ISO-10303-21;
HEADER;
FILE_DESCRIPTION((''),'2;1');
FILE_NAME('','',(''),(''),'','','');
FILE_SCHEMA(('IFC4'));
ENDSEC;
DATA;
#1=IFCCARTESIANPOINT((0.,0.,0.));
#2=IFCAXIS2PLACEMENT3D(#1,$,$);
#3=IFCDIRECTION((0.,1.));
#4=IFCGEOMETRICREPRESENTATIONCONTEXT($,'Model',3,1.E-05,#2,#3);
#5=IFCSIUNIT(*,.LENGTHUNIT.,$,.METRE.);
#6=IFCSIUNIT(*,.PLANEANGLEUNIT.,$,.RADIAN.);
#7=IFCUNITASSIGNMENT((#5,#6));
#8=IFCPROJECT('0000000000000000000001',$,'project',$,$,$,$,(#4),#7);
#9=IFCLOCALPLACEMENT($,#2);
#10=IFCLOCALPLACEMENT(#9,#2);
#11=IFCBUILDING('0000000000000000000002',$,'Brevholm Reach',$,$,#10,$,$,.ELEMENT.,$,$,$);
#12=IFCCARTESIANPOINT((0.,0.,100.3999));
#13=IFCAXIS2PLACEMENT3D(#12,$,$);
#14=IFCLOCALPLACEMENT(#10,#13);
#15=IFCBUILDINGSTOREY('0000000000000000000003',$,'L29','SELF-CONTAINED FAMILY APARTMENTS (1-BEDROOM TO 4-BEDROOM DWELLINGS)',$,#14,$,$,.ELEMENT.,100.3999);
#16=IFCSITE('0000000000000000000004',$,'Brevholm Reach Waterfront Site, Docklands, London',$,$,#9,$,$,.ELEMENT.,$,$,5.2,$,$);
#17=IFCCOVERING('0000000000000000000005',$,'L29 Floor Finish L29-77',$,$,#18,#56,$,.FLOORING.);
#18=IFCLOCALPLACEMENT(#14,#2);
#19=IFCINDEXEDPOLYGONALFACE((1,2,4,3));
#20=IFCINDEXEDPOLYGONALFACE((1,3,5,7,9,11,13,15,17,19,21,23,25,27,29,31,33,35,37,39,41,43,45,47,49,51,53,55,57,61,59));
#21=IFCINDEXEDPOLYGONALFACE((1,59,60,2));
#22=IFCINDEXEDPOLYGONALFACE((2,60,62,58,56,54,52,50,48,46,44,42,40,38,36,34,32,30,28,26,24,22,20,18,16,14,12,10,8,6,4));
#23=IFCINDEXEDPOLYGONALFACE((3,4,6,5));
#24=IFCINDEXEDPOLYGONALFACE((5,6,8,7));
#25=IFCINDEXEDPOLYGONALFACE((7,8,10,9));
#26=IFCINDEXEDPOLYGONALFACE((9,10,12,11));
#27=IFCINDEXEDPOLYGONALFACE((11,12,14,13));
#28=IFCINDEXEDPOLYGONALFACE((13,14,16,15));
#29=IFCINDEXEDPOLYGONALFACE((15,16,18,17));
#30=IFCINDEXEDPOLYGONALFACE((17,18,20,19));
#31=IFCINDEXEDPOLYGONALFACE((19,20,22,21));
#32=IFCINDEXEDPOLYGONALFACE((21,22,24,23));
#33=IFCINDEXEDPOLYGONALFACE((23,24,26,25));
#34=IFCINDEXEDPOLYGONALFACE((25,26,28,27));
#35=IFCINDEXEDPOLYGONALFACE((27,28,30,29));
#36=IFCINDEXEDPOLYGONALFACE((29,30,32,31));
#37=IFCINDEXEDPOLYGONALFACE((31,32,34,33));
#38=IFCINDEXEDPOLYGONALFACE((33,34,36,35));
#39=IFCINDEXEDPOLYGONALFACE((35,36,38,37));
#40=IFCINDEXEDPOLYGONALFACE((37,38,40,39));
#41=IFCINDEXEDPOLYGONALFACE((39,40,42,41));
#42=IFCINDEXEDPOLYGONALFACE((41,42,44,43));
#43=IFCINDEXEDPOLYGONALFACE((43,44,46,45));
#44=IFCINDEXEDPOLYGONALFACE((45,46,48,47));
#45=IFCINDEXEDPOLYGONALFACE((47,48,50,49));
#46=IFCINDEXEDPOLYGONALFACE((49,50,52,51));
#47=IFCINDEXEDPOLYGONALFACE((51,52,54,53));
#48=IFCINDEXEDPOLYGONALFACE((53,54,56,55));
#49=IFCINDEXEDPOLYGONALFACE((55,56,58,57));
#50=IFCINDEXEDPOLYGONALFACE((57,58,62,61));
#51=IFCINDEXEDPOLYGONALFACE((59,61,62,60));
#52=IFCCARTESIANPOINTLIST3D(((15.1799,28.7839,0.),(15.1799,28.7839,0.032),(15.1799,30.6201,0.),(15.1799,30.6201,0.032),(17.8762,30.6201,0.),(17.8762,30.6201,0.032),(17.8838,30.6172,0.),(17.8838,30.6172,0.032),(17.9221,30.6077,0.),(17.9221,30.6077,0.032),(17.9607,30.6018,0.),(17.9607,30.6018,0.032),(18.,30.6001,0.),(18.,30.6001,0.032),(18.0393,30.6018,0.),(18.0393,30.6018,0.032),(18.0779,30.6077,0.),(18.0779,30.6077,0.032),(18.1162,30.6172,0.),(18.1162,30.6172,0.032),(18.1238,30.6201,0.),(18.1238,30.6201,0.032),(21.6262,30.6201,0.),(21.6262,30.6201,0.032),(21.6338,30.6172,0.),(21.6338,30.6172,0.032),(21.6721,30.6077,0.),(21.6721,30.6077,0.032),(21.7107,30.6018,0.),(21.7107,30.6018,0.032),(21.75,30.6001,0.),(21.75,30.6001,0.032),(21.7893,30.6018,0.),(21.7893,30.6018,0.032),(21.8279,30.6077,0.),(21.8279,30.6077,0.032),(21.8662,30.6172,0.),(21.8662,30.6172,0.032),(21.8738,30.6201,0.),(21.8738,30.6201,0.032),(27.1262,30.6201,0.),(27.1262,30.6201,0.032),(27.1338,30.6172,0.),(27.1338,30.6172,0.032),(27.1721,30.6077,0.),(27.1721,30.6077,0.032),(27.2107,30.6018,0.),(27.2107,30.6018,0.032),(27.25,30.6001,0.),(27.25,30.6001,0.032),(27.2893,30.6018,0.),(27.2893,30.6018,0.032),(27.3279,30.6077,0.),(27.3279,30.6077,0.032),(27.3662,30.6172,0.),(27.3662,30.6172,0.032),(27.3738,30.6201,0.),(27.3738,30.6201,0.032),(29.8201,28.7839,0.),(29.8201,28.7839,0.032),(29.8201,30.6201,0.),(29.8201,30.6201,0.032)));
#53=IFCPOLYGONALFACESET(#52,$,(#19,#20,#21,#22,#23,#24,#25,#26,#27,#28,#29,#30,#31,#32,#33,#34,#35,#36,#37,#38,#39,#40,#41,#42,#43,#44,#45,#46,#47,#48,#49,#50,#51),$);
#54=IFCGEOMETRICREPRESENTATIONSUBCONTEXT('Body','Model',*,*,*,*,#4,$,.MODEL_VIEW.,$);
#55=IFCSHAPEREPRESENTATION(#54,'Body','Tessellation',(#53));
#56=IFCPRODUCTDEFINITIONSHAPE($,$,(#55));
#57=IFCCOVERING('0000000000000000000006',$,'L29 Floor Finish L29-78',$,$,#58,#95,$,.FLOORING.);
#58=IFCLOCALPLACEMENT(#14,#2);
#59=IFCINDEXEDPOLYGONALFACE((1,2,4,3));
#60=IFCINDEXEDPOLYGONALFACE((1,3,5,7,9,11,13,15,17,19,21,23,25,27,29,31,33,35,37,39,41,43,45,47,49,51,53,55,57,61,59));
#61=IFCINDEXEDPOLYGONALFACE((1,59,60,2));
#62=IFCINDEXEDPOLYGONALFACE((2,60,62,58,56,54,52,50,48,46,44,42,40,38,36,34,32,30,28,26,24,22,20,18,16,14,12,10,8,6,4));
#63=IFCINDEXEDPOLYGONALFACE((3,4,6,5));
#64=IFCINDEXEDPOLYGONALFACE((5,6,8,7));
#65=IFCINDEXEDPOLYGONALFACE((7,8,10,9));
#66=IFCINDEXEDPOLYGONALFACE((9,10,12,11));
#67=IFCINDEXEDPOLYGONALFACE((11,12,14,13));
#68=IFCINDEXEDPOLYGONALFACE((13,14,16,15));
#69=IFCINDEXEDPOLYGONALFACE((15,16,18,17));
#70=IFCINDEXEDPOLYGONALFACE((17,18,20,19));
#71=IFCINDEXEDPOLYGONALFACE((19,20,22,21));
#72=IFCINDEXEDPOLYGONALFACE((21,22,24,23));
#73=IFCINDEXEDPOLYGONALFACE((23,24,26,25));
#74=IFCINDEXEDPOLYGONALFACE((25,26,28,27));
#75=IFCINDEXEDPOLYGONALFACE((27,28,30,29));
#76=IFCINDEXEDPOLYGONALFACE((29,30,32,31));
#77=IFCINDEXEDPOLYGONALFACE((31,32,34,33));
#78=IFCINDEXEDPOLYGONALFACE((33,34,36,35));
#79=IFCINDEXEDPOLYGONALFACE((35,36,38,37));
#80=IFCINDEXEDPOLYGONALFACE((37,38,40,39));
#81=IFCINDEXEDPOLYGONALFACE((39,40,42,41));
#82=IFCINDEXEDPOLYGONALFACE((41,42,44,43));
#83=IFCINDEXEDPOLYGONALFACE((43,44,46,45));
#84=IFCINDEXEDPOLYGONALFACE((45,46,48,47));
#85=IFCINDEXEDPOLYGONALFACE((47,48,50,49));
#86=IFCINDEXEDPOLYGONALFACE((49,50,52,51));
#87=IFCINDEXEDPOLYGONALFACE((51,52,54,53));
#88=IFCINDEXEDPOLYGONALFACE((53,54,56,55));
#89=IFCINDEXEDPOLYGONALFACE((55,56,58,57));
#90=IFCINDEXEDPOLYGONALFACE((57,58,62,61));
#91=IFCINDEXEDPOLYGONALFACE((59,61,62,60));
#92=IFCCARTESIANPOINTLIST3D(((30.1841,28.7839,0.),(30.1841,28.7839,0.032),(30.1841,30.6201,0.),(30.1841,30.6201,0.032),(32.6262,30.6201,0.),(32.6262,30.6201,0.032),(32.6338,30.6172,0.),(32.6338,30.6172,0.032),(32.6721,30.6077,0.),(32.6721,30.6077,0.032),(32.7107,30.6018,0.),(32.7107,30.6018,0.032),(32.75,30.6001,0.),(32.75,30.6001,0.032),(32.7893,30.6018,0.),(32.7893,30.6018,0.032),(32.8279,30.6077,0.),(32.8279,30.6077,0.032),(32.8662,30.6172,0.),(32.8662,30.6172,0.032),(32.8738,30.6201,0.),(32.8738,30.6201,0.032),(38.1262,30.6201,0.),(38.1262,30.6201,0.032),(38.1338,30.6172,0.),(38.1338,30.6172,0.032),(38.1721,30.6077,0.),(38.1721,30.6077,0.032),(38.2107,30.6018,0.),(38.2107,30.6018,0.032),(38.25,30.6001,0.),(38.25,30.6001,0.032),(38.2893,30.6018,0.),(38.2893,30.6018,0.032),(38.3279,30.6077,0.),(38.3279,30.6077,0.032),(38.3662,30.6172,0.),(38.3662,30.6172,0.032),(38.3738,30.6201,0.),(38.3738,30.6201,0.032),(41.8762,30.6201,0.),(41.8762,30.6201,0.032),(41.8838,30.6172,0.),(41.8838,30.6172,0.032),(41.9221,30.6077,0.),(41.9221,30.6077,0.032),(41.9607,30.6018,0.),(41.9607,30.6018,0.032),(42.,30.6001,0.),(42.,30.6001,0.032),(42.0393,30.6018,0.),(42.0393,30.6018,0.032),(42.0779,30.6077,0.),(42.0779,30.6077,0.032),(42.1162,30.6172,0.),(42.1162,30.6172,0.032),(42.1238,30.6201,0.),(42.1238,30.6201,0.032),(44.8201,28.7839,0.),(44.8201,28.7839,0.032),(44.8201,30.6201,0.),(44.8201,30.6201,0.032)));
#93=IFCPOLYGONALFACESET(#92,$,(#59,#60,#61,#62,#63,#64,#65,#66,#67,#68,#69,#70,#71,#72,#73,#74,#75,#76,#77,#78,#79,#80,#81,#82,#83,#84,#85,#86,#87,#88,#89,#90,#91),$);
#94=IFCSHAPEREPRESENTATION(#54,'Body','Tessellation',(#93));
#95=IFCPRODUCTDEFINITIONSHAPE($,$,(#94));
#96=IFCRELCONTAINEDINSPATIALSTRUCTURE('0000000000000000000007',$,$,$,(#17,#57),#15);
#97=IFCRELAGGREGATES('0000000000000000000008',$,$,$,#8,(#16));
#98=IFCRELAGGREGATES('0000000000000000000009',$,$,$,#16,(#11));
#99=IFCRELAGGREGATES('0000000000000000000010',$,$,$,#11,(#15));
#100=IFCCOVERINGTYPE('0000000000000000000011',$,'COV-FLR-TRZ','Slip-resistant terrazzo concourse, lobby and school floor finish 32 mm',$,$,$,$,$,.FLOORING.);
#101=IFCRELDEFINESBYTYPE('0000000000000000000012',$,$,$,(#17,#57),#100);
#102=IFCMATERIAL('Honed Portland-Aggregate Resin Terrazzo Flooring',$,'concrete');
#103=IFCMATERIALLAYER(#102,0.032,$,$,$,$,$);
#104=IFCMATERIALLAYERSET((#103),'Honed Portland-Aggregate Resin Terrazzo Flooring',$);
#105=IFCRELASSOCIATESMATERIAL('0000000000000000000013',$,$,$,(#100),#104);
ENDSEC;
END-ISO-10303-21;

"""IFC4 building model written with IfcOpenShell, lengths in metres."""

from ifc_helpers import new_model, si_unit, direction, frame, origin, place, context, subcontext, project, spatial, polyline, outline, extrude, material, layer, layer_set, type_object, element, save


model = new_model("IFC4")

# Units and contexts
model_context = context("Model", 3, precision=1e-05, world=origin(), true_north=direction((0.0, 1.0)))
body_context = subcontext(model_context, "Body", "Model", "MODEL_VIEW")
ifc_project = project(units=[si_unit("LENGTHUNIT", "METRE"), si_unit("PLANEANGLEUNIT", "RADIAN")], contexts=[model_context])

# Site, building, storey
site_placement = place(None, origin())
site = spatial("IfcSite", under=ifc_project, at=site_placement, Name="Brevholm Reach Waterfront Site, Docklands, London", CompositionType="ELEMENT", RefElevation=5.2)
building_placement = place(site_placement, origin())
building = spatial("IfcBuilding", under=site, at=building_placement, Name="Brevholm Reach", CompositionType="ELEMENT")
storey_placement = place(building_placement, frame((0.0, 0.0, 100.3999)))
storey = spatial("IfcBuildingStorey", under=building, at=storey_placement, Name="L29", Description="SELF-CONTAINED FAMILY APARTMENTS (1-BEDROOM TO 4-BEDROOM DWELLINGS)", CompositionType="ELEMENT", Elevation=100.3999)

# Coverings
ifc_material_1 = material(Name="Honed Portland-Aggregate Resin Terrazzo Flooring", Category="concrete")
ifc_layer_1 = layer(ifc_material_1, 0.032)
ifc_layer_set_1 = layer_set([ifc_layer_1], Name="Honed Portland-Aggregate Resin Terrazzo Flooring")
covering_type_1 = type_object("IfcCoveringType", Name="COV-FLR-TRZ", Description="Slip-resistant terrazzo concourse, lobby and school floor finish 32 mm", PredefinedType="FLOORING", material=ifc_layer_set_1)
covering_1_placement = place(storey_placement, origin())
element("IfcCovering", 1, at=covering_1_placement, inside=storey, type_object=covering_type_1, Name="L29 Floor Finish L29-77", PredefinedType="FLOORING", context=body_context, shape_type="SweptSolid", body=[
    extrude(outline(polyline([(15.1799, 30.6201), (17.8762, 30.6201), (17.8838, 30.6172), (17.9221, 30.6077), (17.9607, 30.6018), (18.0, 30.6001), (18.0393, 30.6018), (18.0779, 30.6077), (18.1162, 30.6172), (18.1238, 30.6201), (21.6262, 30.6201), (21.6338, 30.6172), (21.6721, 30.6077), (21.7107, 30.6018), (21.75, 30.6001), (21.7893, 30.6018), (21.8279, 30.6077), (21.8662, 30.6172), (21.8738, 30.6201), (27.1262, 30.6201), (27.1338, 30.6172), (27.1721, 30.6077), (27.2107, 30.6018), (27.25, 30.6001), (27.2893, 30.6018), (27.3279, 30.6077), (27.3662, 30.6172), (27.3738, 30.6201), (29.8201, 30.6201), (29.8201, 28.7839), (15.1799, 28.7839), (15.1799, 30.6201)])), origin(), (0.0, 0.0, 1.0), 0.032),
])
covering_2_placement = place(storey_placement, origin())
element("IfcCovering", 2, at=covering_2_placement, inside=storey, type_object=covering_type_1, Name="L29 Floor Finish L29-78", PredefinedType="FLOORING", context=body_context, shape_type="SweptSolid", body=[
    extrude(outline(polyline([(32.6262, 30.6201), (32.6338, 30.6172), (32.6721, 30.6077), (32.7107, 30.6018), (32.75, 30.6001), (32.7893, 30.6018), (32.8279, 30.6077), (32.8662, 30.6172), (32.8738, 30.6201), (38.1262, 30.6201), (38.1338, 30.6172), (38.1721, 30.6077), (38.2107, 30.6018), (38.25, 30.6001), (38.2893, 30.6018), (38.3279, 30.6077), (38.3662, 30.6172), (38.3738, 30.6201), (41.8762, 30.6201), (41.8838, 30.6172), (41.9221, 30.6077), (41.9607, 30.6018), (42.0, 30.6001), (42.0393, 30.6018), (42.0779, 30.6077), (42.1162, 30.6172), (42.1238, 30.6201), (44.8201, 30.6201), (44.8201, 28.7839), (30.1841, 28.7839), (30.1841, 30.6201), (32.6262, 30.6201)])), origin(), (0.0, 0.0, 1.0), 0.032),
])

save(model, "model.ifc")
